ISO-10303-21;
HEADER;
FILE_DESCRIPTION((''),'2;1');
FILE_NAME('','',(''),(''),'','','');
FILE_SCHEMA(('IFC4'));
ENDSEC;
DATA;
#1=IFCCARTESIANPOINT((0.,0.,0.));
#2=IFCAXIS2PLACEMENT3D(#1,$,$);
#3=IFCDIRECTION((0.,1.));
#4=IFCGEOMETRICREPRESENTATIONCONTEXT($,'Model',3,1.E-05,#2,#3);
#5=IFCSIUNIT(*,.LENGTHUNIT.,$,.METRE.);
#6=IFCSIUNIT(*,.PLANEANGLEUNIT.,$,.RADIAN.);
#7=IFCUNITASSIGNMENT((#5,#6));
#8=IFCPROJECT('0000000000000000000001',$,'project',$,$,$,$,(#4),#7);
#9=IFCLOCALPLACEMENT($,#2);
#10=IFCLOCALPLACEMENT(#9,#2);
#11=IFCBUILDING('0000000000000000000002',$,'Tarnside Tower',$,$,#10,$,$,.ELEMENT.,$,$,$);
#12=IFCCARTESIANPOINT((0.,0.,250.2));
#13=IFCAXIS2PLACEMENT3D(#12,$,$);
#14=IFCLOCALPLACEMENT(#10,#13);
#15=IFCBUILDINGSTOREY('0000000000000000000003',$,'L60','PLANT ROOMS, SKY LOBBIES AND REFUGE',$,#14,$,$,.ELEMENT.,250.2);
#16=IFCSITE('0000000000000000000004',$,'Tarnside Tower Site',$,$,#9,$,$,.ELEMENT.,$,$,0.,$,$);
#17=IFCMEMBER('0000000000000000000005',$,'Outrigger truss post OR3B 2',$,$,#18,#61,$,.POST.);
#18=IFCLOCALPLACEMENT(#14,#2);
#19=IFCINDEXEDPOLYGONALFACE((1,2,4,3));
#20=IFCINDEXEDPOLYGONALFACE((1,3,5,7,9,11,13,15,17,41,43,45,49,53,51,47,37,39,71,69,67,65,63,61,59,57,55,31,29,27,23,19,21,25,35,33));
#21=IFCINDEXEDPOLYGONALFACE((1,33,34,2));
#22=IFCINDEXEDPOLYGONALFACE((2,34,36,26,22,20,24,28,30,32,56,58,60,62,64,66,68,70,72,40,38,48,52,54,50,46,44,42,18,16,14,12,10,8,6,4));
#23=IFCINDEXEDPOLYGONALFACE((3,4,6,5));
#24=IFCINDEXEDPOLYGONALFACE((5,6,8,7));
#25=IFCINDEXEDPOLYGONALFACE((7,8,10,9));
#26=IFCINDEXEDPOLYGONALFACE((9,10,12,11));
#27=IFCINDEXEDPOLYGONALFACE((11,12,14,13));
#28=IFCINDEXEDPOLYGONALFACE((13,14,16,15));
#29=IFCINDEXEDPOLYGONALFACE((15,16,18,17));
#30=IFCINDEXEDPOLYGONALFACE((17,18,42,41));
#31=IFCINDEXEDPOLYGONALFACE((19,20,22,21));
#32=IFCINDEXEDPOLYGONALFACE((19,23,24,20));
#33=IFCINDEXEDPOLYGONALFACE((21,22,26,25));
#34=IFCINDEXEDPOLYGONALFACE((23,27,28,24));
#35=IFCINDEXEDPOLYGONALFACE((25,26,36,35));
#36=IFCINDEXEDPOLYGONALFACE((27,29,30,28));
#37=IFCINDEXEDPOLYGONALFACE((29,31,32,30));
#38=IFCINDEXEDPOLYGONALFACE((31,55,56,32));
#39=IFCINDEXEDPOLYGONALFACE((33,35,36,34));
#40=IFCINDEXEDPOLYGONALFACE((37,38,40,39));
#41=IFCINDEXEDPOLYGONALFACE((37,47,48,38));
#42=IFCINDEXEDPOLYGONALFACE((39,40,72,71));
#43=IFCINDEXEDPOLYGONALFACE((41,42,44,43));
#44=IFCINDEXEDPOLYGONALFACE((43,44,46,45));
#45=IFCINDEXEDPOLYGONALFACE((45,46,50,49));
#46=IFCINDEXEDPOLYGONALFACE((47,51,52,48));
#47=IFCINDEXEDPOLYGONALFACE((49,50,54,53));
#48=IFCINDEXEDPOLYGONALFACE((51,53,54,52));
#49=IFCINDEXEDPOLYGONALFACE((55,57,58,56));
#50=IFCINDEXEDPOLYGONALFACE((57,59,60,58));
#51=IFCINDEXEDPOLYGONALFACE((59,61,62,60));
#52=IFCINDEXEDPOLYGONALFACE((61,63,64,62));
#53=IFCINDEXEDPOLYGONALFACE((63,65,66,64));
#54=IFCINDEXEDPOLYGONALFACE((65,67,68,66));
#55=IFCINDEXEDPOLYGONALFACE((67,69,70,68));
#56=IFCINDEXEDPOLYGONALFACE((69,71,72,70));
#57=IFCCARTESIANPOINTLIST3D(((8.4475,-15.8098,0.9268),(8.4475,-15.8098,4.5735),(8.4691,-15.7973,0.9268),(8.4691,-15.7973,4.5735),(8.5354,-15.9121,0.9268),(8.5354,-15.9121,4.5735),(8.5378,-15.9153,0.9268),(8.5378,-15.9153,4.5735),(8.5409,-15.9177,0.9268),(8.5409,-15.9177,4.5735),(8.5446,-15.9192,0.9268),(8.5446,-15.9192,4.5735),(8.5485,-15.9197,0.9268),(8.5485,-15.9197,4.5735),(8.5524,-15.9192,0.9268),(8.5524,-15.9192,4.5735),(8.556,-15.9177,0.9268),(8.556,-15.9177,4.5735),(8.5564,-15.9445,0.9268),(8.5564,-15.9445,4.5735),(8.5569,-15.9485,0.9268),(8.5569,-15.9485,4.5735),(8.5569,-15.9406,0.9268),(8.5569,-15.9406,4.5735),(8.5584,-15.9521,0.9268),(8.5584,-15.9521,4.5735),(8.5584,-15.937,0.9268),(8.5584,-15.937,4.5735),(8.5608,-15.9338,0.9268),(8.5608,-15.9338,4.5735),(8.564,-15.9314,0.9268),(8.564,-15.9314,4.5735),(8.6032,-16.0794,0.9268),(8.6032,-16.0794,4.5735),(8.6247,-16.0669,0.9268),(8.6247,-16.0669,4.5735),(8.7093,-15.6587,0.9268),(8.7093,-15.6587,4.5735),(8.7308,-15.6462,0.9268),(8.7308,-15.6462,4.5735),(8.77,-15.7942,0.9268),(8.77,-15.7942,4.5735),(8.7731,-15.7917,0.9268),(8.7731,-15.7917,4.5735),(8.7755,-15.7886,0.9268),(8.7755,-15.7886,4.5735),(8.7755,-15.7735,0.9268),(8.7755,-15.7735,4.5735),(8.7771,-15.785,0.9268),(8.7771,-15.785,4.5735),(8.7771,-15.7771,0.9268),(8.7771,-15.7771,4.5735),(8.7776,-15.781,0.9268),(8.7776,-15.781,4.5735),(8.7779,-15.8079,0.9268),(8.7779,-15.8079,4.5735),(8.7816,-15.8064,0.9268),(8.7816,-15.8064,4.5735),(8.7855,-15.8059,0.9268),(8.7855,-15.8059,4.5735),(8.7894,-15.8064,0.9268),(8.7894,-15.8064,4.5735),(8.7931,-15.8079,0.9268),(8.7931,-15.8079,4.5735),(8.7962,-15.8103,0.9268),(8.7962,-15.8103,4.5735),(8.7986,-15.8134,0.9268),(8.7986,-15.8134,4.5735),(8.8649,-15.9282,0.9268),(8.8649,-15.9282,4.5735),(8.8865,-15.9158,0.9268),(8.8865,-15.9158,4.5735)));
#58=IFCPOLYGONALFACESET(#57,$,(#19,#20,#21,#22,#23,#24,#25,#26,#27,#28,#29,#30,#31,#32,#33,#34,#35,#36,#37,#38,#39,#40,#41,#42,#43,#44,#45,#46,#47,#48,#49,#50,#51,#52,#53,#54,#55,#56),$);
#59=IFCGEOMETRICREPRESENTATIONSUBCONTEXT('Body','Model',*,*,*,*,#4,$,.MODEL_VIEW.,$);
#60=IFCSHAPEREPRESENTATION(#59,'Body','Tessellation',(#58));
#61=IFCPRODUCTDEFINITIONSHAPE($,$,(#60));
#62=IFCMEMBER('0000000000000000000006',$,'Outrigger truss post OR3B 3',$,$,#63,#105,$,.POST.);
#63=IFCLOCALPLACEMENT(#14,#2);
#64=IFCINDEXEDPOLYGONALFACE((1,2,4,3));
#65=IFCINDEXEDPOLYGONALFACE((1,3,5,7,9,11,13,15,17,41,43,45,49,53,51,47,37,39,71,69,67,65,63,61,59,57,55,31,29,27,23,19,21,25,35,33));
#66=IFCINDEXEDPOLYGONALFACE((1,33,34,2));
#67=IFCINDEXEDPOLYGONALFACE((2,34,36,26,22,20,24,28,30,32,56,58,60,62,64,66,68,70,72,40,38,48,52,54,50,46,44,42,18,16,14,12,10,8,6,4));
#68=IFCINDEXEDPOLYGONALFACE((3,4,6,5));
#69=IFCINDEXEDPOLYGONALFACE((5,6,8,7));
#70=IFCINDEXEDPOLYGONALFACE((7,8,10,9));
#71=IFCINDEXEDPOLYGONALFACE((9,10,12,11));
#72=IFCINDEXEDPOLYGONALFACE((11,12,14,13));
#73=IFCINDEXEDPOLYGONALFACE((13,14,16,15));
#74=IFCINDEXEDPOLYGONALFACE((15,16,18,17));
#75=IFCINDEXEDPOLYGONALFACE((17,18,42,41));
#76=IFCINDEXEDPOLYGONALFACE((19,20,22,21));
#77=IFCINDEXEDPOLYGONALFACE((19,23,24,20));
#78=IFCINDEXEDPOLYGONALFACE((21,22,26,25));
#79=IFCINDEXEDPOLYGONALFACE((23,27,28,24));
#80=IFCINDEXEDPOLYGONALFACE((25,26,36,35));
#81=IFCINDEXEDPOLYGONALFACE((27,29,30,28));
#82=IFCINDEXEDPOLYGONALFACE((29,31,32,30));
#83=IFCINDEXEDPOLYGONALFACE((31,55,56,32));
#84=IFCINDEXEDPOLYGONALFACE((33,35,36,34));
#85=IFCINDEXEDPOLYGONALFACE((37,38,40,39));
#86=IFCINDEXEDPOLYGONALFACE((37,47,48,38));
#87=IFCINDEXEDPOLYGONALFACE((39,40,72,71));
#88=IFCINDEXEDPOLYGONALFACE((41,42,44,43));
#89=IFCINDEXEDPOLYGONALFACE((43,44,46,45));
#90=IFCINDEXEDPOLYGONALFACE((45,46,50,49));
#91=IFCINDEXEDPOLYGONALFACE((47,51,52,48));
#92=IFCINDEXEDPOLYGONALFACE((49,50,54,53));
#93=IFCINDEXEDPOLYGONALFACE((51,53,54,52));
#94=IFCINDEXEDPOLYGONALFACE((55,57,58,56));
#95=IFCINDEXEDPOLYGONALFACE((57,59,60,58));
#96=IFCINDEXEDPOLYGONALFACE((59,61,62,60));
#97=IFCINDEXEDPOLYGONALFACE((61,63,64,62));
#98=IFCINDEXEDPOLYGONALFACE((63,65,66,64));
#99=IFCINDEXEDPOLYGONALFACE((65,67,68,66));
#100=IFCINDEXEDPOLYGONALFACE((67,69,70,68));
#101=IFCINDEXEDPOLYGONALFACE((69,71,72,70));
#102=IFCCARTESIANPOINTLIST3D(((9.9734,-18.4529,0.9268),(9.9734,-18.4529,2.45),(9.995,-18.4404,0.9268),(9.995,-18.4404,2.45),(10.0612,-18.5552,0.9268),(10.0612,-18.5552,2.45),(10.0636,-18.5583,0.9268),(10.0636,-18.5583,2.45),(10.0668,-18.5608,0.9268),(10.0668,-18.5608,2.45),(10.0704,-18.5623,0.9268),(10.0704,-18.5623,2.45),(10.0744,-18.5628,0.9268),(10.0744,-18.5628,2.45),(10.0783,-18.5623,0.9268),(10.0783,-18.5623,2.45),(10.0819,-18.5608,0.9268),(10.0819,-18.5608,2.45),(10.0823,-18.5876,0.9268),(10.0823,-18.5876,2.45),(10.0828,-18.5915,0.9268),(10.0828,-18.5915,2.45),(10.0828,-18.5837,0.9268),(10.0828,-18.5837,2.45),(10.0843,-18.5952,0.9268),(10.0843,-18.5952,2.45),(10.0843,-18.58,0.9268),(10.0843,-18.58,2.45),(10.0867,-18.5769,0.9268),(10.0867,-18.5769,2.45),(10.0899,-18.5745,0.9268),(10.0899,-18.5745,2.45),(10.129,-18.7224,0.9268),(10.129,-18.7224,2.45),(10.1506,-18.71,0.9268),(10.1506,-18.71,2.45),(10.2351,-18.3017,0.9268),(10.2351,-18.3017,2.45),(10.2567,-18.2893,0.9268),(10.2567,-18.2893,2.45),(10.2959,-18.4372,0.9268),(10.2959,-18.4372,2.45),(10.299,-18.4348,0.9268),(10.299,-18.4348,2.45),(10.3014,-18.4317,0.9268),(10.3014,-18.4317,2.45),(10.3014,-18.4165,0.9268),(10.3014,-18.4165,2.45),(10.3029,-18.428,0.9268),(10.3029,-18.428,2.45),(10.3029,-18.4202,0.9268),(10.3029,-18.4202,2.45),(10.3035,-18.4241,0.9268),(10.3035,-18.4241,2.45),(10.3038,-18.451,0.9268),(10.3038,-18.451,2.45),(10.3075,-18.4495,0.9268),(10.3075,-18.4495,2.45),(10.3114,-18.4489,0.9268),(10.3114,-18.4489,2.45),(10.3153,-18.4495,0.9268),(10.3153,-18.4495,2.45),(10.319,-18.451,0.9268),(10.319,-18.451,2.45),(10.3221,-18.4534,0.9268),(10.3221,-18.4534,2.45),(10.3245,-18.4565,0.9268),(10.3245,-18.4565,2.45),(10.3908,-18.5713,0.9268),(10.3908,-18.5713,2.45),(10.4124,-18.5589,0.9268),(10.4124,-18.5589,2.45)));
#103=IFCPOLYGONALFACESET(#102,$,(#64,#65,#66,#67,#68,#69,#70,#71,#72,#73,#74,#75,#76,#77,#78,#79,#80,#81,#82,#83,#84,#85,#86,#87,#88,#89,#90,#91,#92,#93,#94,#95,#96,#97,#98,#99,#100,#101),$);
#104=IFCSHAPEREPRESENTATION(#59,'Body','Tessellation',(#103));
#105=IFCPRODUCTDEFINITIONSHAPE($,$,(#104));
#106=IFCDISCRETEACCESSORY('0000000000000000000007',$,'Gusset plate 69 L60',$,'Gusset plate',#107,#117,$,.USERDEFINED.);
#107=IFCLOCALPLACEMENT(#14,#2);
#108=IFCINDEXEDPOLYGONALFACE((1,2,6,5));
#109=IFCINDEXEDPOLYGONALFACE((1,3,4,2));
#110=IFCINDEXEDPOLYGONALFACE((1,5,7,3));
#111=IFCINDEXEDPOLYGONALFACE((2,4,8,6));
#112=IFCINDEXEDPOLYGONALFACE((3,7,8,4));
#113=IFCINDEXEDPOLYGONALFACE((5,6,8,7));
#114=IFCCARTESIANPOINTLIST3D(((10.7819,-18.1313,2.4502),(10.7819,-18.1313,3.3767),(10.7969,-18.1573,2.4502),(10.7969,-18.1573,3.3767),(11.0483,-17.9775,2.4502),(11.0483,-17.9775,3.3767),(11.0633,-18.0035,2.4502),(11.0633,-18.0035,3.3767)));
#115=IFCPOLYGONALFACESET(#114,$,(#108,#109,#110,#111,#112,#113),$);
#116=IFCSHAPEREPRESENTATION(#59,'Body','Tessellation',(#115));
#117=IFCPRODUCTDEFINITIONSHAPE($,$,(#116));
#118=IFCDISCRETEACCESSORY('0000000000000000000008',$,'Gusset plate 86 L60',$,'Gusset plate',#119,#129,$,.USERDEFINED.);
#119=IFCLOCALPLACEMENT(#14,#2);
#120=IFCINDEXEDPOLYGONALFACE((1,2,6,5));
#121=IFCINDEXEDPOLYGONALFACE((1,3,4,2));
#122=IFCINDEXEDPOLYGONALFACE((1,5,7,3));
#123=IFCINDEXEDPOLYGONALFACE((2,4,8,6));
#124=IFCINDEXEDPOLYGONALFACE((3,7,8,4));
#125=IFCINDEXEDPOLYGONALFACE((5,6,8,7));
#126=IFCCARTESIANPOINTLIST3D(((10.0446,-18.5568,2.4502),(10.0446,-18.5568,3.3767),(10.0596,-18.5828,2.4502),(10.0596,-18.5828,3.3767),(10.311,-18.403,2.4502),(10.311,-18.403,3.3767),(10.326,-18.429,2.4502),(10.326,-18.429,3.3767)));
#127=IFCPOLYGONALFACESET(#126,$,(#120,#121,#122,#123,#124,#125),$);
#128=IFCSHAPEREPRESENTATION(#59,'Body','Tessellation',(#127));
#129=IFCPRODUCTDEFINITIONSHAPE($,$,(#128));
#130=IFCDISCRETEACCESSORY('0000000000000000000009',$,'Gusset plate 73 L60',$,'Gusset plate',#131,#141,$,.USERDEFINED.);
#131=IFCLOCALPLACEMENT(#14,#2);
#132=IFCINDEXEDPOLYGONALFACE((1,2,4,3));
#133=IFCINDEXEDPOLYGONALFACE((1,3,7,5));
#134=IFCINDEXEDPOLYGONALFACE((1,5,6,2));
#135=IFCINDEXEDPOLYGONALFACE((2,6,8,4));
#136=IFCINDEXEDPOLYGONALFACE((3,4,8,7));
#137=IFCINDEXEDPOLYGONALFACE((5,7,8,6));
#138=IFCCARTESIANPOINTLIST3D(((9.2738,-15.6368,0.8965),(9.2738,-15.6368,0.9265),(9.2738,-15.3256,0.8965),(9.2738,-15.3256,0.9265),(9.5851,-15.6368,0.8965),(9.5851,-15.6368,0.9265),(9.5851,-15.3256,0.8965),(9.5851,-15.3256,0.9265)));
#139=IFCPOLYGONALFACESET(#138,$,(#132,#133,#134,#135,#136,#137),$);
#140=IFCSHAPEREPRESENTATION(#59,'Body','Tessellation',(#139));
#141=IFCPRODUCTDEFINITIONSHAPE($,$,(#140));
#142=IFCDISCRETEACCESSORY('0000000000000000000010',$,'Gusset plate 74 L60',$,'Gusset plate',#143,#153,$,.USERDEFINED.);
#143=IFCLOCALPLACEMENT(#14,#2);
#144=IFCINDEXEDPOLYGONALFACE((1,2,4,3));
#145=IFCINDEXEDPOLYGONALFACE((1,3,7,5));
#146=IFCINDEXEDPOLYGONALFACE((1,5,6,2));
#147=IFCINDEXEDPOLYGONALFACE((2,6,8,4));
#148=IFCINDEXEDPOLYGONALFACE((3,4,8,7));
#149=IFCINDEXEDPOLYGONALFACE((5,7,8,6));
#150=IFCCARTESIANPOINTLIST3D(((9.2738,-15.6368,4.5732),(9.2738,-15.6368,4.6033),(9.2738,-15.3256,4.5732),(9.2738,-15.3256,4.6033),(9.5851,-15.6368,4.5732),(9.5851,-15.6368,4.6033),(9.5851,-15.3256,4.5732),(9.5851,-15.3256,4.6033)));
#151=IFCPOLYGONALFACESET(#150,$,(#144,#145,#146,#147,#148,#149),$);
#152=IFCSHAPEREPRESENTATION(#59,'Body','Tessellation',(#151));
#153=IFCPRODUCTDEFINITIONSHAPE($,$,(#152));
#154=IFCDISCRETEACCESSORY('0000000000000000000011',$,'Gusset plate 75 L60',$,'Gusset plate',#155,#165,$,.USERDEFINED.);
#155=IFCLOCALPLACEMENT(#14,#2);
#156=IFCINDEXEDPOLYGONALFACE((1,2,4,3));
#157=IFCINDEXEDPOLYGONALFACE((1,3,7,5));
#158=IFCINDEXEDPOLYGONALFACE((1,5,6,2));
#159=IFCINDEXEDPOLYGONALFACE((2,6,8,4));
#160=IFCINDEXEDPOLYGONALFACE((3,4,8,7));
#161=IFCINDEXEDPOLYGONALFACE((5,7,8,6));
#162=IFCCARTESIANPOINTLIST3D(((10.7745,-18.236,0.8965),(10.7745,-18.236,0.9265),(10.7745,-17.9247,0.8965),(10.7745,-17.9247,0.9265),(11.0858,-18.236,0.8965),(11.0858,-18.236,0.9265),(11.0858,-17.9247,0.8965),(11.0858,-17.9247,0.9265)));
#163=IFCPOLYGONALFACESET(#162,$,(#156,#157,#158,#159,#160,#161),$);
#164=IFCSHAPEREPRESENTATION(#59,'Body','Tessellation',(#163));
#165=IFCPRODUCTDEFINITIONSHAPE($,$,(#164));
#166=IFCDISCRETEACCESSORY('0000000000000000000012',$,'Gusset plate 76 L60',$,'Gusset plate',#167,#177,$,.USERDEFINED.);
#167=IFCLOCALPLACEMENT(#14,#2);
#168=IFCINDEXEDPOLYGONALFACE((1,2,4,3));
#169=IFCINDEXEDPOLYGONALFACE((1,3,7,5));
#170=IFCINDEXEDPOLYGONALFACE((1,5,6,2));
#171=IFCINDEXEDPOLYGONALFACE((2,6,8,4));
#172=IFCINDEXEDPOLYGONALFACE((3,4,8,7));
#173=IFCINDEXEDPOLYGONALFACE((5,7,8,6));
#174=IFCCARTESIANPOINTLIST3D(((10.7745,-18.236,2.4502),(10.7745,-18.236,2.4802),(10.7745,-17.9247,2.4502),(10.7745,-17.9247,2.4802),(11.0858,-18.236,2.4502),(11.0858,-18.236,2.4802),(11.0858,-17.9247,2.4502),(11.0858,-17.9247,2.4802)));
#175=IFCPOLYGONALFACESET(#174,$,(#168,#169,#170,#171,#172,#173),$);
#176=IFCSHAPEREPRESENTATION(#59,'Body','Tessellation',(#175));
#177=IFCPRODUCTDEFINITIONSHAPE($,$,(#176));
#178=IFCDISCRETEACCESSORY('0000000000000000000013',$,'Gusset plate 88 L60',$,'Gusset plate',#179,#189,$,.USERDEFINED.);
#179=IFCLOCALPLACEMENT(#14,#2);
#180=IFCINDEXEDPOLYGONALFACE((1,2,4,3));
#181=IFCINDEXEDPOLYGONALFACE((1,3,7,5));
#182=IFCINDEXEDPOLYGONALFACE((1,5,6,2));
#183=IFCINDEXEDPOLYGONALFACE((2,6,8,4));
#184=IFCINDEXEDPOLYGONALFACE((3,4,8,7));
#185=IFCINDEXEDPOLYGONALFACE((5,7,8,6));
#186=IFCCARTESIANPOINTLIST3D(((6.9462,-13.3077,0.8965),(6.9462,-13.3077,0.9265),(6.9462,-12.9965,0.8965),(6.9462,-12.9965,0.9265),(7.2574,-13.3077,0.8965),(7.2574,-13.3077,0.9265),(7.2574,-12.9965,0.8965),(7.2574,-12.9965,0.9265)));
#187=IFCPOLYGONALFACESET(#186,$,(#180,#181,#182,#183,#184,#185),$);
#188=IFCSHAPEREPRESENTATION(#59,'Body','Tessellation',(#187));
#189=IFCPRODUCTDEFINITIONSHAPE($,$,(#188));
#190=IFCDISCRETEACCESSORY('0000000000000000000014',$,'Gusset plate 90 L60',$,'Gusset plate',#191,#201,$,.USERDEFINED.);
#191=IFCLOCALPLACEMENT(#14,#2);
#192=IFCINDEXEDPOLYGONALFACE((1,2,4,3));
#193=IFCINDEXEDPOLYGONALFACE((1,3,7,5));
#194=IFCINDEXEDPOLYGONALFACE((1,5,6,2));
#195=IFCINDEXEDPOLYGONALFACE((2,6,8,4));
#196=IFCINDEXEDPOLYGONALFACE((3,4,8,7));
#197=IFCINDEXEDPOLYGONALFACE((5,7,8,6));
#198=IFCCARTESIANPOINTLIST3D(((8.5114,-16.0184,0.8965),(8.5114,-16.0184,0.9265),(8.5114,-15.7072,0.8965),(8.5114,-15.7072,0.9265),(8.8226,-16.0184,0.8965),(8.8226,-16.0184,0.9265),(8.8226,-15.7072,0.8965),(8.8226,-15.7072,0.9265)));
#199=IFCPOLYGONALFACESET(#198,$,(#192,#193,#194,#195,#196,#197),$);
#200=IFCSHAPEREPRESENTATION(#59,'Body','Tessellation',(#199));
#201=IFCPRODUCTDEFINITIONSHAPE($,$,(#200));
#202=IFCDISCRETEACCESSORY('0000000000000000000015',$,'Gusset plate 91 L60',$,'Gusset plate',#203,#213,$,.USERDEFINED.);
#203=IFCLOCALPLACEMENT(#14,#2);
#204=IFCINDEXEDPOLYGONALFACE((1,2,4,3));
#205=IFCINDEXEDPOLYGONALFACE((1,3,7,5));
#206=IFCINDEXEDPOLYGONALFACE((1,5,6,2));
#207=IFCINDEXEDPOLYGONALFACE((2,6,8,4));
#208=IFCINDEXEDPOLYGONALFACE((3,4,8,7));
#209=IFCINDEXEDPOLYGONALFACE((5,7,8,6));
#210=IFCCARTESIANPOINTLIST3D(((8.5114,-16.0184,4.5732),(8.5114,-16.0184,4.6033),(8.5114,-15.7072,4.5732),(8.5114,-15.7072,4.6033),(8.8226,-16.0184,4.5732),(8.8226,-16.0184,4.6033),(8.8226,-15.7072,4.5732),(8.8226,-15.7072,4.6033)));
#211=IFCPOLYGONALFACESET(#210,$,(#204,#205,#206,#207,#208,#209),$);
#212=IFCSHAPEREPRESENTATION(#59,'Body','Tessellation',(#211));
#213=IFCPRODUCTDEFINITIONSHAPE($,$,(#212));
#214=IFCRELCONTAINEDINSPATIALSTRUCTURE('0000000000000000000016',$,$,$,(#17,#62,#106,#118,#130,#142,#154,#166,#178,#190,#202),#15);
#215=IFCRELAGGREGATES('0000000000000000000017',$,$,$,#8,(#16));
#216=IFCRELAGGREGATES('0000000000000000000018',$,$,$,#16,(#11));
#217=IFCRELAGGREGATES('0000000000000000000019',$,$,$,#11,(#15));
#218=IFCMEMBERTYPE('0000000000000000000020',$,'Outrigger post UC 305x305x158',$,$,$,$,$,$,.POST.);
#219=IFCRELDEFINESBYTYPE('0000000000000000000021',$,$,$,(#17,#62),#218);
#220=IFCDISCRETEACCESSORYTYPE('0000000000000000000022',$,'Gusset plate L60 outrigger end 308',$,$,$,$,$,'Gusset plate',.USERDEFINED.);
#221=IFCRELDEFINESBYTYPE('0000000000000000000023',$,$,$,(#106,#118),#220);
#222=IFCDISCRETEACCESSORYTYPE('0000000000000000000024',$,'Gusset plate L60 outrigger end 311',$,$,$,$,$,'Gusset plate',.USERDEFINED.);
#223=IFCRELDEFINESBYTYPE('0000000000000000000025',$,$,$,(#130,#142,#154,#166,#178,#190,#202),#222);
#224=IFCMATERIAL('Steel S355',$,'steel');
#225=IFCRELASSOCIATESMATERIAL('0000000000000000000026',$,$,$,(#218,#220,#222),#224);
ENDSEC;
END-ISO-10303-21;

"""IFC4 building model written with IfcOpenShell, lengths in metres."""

from ifc_helpers import new_model, si_unit, direction, frame, origin, origin_2d, place, context, subcontext, project, spatial, rectangle, i_section, extrude, material, material_profile, profile_set, type_object, element, save


model = new_model("IFC4")

# Units and contexts
model_context = context("Model", 3, precision=1e-05, world=origin(), true_north=direction((0.0, 1.0)))
body_context = subcontext(model_context, "Body", "Model", "MODEL_VIEW")
ifc_project = project(units=[si_unit("LENGTHUNIT", "METRE"), si_unit("PLANEANGLEUNIT", "RADIAN")], contexts=[model_context])

# Site, building, storey
site_placement = place(None, origin())
site = spatial("IfcSite", under=ifc_project, at=site_placement, Name="Tarnside Tower Site", CompositionType="ELEMENT", RefElevation=0.0)
building_placement = place(site_placement, origin())
building = spatial("IfcBuilding", under=site, at=building_placement, Name="Tarnside Tower", CompositionType="ELEMENT")
storey_placement = place(building_placement, frame((0.0, 0.0, 250.2)))
storey = spatial("IfcBuildingStorey", under=building, at=storey_placement, Name="L60", Description="PLANT ROOMS, SKY LOBBIES AND REFUGE", CompositionType="ELEMENT", Elevation=250.2)

# Members
ifc_material = material(Name="Steel S355", Category="steel")
ifc_material_profile_1 = material_profile(ifc_material, i_section(OverallWidth=0.3113, OverallDepth=0.3271, WebThickness=0.0159, FlangeThickness=0.0249, FilletRadius=0.0151, at=origin_2d()), Name="UC 305x305x158")
ifc_profile_set_1 = profile_set([ifc_material_profile_1], Name="Steel S355")
member_type_1 = type_object("IfcMemberType", Name="Outrigger post UC 305x305x158", PredefinedType="POST", material=ifc_profile_set_1)
for number, where, z_axis, x_axis, name in (
    (1, (8.667, -15.8628, 0.9268), (0.0, 0.0, 1.0), (0.5, -0.866025, 0.0), "Outrigger truss post OR3B 2"),
):
    element("IfcMember", number, at=place(storey_placement, frame(where, z_axis=z_axis, x_axis=x_axis)), inside=storey, type_object=member_type_1, Name=name, PredefinedType="POST", context=body_context, shape_type="SweptSolid", body=[
        extrude(i_section(OverallWidth=0.3113, OverallDepth=0.3271, WebThickness=0.0159, FlangeThickness=0.0249, FilletRadius=0.0151, at=origin_2d()), origin(), (0.0, 0.0, 1.0), 3.6467),
    ])
member_1_placement = place(storey_placement, frame((10.1929, -18.5059, 0.9268), z_axis=(0.0, 0.0, 1.0), x_axis=(0.5, -0.866025, 0.0)))
element("IfcMember", 2, at=member_1_placement, inside=storey, type_object=member_type_1, Name="Outrigger truss post OR3B 3", PredefinedType="POST", context=body_context, shape_type="SweptSolid", body=[
    extrude(i_section(OverallWidth=0.3113, OverallDepth=0.3271, WebThickness=0.0159, FlangeThickness=0.0249, FilletRadius=0.0151, at=origin_2d()), origin(), (0.0, 0.0, 1.0), 1.5232),
])

# Discrete accessories
discrete_accessory_type_1 = type_object("IfcDiscreteAccessoryType", Name="Gusset plate L60 outrigger end 308", ElementType="Gusset plate", PredefinedType="USERDEFINED", material=ifc_material)
for number, where, z_axis, x_axis, name in (
    (3, (10.9226, -18.0674, 2.4502), (0.0, 0.0, 1.0), (-0.500002, 0.866025, 0.0), "Gusset plate 69 L60"),
    (4, (10.1853, -18.4929, 2.4502), (0.0, 0.0, 1.0), (-0.500002, 0.866025, 0.0), "Gusset plate 86 L60"),
):
    element("IfcDiscreteAccessory", number, at=place(storey_placement, frame(where, z_axis=z_axis, x_axis=x_axis)), inside=storey, type_object=discrete_accessory_type_1, Name=name, ObjectType="Gusset plate", PredefinedType="USERDEFINED", context=body_context, shape_type="SweptSolid", body=[
        extrude(rectangle(XDim=0.03, YDim=0.3076, at=origin_2d()), origin(), (0.0, 0.0, 1.0), 0.9265),
    ])
discrete_accessory_type_2 = type_object("IfcDiscreteAccessoryType", Name="Gusset plate L60 outrigger end 311", ElementType="Gusset plate", PredefinedType="USERDEFINED", material=ifc_material)
for number, where, z_axis, x_axis, name in (
    (5, (9.4294, -15.4812, 0.8965), (0.0, 0.0, 1.0), (1.0, 0.0, 0.0), "Gusset plate 73 L60"),
    (6, (9.4294, -15.4812, 4.5732), (0.0, 0.0, 1.0), (1.0, 0.0, 0.0), "Gusset plate 74 L60"),
    (7, (10.9302, -18.0803, 0.8965), (0.0, 0.0, 1.0), (1.0, 0.0, 0.0), "Gusset plate 75 L60"),
    (8, (10.9302, -18.0803, 2.4502), (0.0, 0.0, 1.0), (1.0, 0.0, 0.0), "Gusset plate 76 L60"),
    (9, (7.1018, -13.1521, 0.8965), (0.0, 0.0, 1.0), (1.0, 0.0, 0.0), "Gusset plate 88 L60"),
    (10, (8.667, -15.8628, 0.8965), (0.0, 0.0, 1.0), (1.0, 0.0, 0.0), "Gusset plate 90 L60"),
    (11, (8.667, -15.8628, 4.5732), (0.0, 0.0, 1.0), (1.0, 0.0, 0.0), "Gusset plate 91 L60"),
):
    element("IfcDiscreteAccessory", number, at=place(storey_placement, frame(where, z_axis=z_axis, x_axis=x_axis)), inside=storey, type_object=discrete_accessory_type_2, Name=name, ObjectType="Gusset plate", PredefinedType="USERDEFINED", context=body_context, shape_type="SweptSolid", body=[
        extrude(rectangle(XDim=0.3113, YDim=0.3113, at=origin_2d()), origin(), (0.0, 0.0, 1.0), 0.03),
    ])

save(model, "model.ifc")
